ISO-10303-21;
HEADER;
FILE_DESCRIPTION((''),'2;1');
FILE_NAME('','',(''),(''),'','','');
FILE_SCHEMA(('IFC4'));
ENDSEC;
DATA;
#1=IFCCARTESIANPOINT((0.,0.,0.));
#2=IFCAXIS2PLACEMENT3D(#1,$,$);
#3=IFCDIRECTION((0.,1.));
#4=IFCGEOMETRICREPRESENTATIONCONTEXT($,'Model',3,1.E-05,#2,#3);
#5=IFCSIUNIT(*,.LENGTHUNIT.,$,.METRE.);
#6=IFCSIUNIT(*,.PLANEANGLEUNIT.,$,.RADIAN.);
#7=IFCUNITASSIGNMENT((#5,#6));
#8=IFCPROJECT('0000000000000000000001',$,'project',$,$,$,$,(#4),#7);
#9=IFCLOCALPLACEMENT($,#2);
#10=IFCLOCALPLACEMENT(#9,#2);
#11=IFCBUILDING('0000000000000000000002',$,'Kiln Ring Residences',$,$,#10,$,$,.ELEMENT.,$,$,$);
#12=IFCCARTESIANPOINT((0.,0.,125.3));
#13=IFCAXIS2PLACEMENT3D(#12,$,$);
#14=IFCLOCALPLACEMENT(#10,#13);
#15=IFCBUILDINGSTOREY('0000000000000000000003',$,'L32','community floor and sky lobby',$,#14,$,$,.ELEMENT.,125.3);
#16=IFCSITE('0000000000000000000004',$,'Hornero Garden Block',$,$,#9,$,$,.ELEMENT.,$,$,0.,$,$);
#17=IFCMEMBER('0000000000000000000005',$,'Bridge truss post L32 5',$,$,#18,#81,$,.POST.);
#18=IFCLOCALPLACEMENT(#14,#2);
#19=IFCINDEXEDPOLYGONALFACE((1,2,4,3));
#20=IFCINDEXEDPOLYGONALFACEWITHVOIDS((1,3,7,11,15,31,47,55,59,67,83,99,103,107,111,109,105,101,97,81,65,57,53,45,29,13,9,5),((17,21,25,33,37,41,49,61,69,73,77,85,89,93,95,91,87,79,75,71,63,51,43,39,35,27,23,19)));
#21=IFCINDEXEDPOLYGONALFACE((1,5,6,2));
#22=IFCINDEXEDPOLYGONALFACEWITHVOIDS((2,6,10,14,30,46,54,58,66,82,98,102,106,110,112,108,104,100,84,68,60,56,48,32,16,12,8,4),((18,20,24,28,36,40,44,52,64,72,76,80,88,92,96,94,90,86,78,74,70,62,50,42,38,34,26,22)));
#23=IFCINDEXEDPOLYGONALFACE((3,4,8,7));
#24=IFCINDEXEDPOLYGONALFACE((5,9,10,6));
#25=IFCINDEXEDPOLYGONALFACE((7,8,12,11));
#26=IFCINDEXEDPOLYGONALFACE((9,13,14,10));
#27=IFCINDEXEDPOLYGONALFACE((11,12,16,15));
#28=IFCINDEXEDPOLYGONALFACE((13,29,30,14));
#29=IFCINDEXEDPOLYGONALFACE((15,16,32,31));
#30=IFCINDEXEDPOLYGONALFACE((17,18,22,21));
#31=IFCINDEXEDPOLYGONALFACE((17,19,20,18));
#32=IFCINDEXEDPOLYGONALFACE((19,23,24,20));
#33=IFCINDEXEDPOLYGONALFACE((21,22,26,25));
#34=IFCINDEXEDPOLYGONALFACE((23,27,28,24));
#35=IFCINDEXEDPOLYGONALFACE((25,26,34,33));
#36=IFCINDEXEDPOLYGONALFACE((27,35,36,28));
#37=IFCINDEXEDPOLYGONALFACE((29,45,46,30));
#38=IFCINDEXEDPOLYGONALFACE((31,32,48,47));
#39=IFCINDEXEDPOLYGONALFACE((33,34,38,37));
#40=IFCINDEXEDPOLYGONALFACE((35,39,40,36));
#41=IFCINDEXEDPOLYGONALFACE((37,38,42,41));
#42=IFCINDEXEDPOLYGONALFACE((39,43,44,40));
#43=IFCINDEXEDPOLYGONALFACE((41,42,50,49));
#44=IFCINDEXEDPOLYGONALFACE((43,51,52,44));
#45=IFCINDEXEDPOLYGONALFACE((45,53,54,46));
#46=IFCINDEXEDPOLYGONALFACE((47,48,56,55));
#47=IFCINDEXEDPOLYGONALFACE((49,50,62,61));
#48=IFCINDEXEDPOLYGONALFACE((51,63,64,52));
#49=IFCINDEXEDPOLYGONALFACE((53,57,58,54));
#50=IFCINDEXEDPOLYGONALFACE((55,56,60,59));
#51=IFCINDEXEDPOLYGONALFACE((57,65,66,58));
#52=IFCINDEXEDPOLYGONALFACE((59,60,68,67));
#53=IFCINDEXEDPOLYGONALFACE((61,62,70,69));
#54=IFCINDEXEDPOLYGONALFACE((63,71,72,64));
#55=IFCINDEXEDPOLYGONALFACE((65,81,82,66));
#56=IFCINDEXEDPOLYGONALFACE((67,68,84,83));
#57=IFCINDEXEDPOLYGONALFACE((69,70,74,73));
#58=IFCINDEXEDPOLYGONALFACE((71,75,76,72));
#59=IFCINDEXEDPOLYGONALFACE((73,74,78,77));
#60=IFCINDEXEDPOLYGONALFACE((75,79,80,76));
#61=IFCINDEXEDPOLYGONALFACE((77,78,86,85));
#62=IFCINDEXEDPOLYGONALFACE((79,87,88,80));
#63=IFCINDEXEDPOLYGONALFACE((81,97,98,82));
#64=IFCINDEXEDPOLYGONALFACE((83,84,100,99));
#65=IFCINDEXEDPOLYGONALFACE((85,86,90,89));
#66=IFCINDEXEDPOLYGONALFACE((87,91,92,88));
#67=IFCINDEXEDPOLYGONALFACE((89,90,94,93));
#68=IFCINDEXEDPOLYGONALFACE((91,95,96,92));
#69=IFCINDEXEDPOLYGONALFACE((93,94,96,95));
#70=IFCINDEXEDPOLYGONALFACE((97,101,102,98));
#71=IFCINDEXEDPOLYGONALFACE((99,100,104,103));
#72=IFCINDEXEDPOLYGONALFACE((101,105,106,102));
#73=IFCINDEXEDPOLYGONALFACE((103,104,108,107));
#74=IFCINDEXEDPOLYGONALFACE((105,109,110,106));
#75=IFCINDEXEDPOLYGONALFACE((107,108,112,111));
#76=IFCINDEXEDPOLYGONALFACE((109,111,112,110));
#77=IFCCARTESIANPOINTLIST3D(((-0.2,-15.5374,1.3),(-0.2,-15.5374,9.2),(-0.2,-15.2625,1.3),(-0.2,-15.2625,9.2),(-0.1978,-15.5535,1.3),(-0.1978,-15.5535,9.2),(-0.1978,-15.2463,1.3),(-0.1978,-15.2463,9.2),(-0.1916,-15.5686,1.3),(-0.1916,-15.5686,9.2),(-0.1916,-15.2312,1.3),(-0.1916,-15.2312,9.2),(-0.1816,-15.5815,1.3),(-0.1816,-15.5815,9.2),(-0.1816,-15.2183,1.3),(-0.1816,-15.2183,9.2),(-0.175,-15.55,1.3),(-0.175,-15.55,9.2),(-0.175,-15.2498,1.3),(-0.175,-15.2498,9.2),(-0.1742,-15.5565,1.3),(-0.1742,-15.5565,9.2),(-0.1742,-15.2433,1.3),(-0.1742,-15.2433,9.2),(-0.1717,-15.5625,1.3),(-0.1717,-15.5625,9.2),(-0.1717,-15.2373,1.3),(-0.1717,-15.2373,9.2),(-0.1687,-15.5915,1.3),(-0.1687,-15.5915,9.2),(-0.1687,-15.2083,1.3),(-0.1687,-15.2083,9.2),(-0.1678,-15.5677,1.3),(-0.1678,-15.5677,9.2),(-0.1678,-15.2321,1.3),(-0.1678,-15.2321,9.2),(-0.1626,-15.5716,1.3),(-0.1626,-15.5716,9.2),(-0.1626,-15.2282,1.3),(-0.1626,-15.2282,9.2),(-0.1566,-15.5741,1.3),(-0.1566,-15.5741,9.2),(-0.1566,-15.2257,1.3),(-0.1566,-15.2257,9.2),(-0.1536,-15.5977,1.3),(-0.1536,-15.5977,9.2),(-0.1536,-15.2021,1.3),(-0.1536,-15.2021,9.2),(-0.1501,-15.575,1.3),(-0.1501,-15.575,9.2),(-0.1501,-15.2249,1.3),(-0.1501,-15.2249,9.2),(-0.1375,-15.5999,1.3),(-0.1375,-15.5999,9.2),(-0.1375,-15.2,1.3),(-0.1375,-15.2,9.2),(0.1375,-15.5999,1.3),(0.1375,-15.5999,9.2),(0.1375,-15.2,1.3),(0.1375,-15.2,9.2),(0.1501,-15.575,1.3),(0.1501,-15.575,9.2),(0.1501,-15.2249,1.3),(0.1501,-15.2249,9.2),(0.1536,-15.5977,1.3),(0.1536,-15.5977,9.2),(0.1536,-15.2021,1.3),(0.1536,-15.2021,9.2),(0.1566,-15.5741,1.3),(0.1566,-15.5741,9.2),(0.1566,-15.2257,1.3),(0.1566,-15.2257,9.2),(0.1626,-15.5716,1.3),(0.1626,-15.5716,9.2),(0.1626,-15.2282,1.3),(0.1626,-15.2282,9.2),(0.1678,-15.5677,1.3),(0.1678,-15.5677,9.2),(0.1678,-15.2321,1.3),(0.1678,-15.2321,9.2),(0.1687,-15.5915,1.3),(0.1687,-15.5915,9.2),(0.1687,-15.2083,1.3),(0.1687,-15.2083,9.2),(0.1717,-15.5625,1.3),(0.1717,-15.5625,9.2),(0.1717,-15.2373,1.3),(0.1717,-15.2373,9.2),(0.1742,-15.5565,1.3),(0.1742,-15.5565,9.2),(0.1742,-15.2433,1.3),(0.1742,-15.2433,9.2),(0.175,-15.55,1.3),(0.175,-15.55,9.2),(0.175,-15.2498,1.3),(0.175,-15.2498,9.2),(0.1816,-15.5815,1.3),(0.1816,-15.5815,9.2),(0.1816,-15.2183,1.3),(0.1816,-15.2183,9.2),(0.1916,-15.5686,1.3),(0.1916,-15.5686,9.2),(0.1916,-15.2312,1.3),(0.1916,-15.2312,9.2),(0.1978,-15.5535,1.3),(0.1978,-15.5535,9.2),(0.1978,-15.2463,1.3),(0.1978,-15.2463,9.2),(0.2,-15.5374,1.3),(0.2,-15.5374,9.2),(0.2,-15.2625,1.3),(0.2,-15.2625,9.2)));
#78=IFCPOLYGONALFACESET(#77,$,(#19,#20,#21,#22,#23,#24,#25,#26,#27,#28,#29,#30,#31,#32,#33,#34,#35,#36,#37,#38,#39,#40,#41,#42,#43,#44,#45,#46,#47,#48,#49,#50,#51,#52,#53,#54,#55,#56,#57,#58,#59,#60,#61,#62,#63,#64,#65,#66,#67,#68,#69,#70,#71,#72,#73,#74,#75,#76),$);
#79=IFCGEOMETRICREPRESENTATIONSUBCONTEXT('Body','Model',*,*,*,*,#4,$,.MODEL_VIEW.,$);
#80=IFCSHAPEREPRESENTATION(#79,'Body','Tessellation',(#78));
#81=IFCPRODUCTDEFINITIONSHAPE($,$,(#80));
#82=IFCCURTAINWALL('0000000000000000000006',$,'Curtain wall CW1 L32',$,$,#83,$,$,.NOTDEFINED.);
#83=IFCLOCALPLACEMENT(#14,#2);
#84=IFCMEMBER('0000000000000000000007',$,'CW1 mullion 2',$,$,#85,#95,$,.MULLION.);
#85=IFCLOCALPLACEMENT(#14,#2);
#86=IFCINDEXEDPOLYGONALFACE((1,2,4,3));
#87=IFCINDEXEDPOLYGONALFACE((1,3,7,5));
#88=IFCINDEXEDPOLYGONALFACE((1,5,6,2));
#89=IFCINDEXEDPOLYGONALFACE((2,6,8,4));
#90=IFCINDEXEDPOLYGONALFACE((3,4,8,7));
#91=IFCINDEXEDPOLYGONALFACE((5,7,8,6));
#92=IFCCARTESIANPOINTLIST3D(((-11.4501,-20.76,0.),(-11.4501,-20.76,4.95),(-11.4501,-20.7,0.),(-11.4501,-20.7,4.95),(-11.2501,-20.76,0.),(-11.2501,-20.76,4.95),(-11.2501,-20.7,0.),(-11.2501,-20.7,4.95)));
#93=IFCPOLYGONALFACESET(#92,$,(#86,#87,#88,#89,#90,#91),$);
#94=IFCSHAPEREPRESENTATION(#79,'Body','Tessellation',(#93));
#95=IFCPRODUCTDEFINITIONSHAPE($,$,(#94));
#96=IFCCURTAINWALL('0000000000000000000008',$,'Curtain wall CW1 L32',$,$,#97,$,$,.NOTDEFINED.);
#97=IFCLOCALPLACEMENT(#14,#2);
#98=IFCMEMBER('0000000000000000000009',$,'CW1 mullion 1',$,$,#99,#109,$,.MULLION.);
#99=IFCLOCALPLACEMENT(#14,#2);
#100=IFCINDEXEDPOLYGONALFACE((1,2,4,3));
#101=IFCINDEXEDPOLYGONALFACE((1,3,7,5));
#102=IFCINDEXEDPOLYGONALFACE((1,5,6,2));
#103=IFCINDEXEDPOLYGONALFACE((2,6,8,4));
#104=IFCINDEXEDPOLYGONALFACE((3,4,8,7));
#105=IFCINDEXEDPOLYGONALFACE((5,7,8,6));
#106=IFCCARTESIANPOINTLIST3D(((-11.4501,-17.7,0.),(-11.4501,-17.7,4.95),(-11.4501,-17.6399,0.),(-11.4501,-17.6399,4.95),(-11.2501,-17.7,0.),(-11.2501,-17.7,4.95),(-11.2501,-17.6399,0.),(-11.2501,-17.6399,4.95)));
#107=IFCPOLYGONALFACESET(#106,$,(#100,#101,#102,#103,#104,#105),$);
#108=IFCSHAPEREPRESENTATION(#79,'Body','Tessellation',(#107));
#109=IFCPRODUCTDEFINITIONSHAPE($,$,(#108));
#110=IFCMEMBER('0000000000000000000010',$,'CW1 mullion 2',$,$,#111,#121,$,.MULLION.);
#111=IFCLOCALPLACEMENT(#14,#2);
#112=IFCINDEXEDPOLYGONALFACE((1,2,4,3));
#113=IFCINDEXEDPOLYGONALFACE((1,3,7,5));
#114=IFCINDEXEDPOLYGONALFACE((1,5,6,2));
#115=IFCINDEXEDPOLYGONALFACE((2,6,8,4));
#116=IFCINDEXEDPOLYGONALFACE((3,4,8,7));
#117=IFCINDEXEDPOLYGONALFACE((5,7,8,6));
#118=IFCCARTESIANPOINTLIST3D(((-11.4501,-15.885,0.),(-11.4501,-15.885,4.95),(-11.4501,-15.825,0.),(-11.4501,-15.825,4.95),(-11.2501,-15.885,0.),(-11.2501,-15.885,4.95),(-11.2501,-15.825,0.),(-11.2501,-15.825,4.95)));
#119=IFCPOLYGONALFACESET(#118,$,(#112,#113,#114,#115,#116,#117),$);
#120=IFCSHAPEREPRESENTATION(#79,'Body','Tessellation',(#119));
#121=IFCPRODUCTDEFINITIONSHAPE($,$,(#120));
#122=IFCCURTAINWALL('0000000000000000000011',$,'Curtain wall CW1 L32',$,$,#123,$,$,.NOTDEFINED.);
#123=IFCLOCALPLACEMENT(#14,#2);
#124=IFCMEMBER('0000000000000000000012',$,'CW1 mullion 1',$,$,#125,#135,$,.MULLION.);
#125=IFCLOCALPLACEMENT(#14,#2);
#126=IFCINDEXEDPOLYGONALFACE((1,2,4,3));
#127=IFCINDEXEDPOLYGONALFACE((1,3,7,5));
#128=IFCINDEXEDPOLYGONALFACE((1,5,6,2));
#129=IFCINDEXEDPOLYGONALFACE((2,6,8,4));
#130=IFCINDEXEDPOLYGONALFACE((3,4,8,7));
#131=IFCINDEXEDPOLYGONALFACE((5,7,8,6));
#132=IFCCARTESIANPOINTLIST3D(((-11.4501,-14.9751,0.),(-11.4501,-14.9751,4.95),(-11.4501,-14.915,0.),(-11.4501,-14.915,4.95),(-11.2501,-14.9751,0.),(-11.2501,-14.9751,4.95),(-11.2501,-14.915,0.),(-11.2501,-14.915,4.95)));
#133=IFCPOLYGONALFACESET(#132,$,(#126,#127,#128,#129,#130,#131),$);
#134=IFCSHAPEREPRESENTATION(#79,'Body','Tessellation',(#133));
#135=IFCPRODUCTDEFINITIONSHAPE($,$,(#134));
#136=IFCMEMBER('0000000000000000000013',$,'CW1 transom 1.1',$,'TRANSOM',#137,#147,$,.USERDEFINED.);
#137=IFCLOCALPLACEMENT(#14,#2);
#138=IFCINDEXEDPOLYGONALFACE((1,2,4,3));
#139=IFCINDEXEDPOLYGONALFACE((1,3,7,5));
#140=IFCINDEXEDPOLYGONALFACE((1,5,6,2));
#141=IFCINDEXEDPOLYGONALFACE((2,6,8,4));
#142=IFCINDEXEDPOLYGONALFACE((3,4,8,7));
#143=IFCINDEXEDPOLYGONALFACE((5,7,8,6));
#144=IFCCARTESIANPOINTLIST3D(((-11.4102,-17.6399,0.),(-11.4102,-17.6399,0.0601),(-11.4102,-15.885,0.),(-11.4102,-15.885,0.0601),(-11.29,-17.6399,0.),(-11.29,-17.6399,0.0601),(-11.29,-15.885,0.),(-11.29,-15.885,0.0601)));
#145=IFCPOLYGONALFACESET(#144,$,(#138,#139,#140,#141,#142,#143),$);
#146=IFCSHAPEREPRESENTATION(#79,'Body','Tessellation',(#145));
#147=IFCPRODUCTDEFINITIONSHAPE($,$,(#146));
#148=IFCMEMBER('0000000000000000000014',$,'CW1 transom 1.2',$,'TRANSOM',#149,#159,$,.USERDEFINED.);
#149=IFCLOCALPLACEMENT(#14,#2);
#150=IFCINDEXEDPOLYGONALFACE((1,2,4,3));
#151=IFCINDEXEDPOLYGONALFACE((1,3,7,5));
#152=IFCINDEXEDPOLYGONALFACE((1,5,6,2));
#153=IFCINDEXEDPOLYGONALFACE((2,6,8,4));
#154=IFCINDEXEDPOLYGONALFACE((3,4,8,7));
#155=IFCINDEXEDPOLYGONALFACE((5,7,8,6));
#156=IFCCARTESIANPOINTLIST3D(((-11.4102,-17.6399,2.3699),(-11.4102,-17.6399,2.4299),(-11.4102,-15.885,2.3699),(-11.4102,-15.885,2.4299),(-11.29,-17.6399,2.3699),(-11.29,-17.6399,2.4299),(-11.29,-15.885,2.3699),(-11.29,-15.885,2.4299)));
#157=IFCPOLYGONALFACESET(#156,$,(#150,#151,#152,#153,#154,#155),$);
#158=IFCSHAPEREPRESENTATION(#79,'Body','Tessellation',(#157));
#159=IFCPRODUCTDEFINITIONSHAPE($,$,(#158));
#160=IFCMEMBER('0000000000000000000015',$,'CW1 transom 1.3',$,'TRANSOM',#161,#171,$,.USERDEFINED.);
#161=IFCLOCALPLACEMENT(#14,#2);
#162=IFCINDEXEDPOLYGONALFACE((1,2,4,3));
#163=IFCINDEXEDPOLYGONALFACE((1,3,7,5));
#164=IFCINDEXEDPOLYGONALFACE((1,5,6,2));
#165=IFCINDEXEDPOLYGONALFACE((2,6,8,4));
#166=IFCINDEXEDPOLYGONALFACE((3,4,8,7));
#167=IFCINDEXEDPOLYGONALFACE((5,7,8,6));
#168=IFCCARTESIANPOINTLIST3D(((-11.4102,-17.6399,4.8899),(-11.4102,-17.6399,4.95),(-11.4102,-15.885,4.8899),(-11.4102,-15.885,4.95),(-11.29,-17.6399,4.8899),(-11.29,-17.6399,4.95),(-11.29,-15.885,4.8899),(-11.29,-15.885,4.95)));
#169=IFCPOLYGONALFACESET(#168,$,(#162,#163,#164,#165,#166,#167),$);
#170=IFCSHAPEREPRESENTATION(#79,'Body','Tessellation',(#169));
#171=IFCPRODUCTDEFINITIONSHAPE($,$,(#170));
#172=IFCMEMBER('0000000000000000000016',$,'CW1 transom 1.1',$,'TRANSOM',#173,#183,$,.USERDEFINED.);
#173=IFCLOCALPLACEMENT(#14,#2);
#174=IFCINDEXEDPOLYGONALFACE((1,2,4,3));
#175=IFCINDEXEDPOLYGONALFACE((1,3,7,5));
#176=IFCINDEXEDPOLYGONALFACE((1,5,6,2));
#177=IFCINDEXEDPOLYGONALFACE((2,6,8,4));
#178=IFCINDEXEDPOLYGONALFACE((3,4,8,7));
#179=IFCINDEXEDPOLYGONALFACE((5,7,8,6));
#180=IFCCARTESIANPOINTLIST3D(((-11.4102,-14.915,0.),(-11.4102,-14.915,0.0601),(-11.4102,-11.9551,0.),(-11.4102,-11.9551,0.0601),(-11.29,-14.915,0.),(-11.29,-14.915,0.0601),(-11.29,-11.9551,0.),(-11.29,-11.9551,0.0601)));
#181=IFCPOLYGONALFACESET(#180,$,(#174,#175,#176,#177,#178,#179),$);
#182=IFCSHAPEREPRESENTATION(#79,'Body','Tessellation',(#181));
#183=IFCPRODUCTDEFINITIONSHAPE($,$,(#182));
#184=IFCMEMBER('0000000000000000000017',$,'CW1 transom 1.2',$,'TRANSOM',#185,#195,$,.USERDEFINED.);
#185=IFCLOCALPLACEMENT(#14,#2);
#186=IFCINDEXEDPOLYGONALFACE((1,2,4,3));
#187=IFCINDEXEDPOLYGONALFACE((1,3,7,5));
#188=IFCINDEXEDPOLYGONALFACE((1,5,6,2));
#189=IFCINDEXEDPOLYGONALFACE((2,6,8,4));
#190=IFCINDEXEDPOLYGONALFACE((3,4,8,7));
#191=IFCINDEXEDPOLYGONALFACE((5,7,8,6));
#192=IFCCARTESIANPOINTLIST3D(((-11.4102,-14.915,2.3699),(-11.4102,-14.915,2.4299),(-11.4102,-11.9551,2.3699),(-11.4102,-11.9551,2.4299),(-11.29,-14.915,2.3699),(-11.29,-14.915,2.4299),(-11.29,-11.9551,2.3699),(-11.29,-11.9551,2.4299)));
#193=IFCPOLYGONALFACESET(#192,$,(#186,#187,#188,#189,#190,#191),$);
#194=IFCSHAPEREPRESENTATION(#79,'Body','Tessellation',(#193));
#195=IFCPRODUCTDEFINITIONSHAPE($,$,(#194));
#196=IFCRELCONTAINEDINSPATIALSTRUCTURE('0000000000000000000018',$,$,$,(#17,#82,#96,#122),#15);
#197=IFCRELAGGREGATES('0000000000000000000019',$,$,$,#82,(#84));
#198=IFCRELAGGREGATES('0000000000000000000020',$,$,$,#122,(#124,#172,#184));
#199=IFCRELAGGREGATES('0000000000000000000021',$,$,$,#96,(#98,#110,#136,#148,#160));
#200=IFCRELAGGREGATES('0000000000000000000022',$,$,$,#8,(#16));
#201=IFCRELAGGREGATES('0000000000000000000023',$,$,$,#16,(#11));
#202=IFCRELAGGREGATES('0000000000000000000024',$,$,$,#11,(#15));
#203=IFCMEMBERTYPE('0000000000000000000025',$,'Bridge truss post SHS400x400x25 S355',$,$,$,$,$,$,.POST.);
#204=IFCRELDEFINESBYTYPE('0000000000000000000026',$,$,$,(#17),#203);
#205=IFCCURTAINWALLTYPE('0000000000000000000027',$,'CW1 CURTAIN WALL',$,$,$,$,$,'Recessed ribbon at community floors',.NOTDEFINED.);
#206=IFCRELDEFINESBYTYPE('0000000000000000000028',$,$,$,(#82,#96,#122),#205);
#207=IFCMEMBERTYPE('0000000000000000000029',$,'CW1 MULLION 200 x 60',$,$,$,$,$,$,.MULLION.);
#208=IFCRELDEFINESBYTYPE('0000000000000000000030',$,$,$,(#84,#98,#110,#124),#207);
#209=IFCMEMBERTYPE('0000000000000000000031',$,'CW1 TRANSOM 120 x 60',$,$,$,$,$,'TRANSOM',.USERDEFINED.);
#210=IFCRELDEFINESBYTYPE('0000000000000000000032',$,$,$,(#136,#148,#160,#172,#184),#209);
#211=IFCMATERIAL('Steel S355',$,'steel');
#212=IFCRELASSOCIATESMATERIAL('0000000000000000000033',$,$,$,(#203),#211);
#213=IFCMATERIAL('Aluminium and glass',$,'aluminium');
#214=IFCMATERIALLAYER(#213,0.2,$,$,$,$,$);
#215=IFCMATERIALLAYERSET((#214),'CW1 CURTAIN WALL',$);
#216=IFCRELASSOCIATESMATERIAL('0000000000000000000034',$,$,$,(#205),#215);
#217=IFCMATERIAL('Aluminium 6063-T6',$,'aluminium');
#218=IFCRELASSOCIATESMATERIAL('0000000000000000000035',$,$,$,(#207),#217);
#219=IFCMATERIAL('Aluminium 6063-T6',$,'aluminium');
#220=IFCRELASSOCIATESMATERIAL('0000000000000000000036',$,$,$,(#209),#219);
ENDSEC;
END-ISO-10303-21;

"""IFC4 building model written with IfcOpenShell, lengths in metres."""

from ifc_helpers import new_model, si_unit, direction, frame, origin, origin_2d, place, context, subcontext, project, spatial, rectangle, hollow_rectangle, extrude, material, layer, layer_set, material_profile, profile_set, type_object, element, aggregate, save


model = new_model("IFC4")

# Units and contexts
model_context = context("Model", 3, precision=1e-05, world=origin(), true_north=direction((0.0, 1.0)))
body_context = subcontext(model_context, "Body", "Model", "MODEL_VIEW")
ifc_project = project(units=[si_unit("LENGTHUNIT", "METRE"), si_unit("PLANEANGLEUNIT", "RADIAN")], contexts=[model_context])

# Site, building, storey
site_placement = place(None, origin())
site = spatial("IfcSite", under=ifc_project, at=site_placement, Name="Hornero Garden Block", CompositionType="ELEMENT", RefElevation=0.0)
building_placement = place(site_placement, origin())
building = spatial("IfcBuilding", under=site, at=building_placement, Name="Kiln Ring Residences", CompositionType="ELEMENT")
storey_placement = place(building_placement, frame((0.0, 0.0, 125.3)))
storey = spatial("IfcBuildingStorey", under=building, at=storey_placement, Name="L32", Description="community floor and sky lobby", CompositionType="ELEMENT", Elevation=125.3)

# Member
ifc_material_1 = material(Name="Steel S355", Category="steel")
ifc_material_profile_1 = material_profile(ifc_material_1, hollow_rectangle(XDim=0.3999, YDim=0.3999, WallThickness=0.0249, InnerFilletRadius=0.0249, OuterFilletRadius=0.0625, at=origin_2d()), Name="SHS400x400x25")
ifc_profile_set_1 = profile_set([ifc_material_profile_1], Name="Steel S355")
member_type_1 = type_object("IfcMemberType", Name="Bridge truss post SHS400x400x25 S355", PredefinedType="POST", material=ifc_profile_set_1)
for number, where, z_axis, x_axis, name in (
    (1, (0.0, -15.3999, 1.3), (0.0, 0.0, 1.0), (1.0, 0.0, 0.0), "Bridge truss post L32 5"),
):
    element("IfcMember", number, at=place(storey_placement, frame(where, z_axis=z_axis, x_axis=x_axis)), inside=storey, type_object=member_type_1, Name=name, PredefinedType="POST", context=body_context, shape_type="SweptSolid", body=[
        extrude(hollow_rectangle(XDim=0.3999, YDim=0.3999, WallThickness=0.0249, InnerFilletRadius=0.0249, OuterFilletRadius=0.0625, at=origin_2d()), origin(), (0.0, 0.0, 1.0), 7.8999),
    ])

# Curtain wall, member
ifc_material_2 = material(Name="Aluminium and glass", Category="aluminium")
ifc_layer_1 = layer(ifc_material_2, 0.2)
ifc_layer_set_1 = layer_set([ifc_layer_1], Name="CW1 CURTAIN WALL")
curtain_wall_type = type_object("IfcCurtainWallType", Name="CW1 CURTAIN WALL", ElementType="Recessed ribbon at community floors", PredefinedType="NOTDEFINED", material=ifc_layer_set_1)
placement = place(storey_placement, origin())
curtain_wall_1 = element("IfcCurtainWall", 2, at=placement, inside=storey, type_object=curtain_wall_type, Name="Curtain wall CW1 L32", PredefinedType="NOTDEFINED")
ifc_material_3 = material(Name="Aluminium 6063-T6", Category="aluminium")
ifc_material_profile_2 = material_profile(ifc_material_3, rectangle(XDim=0.2, YDim=0.0601, at=origin_2d()), Name="AL 200x60")
ifc_profile_set_2 = profile_set([ifc_material_profile_2], Name="Aluminium 6063-T6")
member_type_2 = type_object("IfcMemberType", Name="CW1 MULLION 200 x 60", PredefinedType="MULLION", material=ifc_profile_set_2)
member_1_placement = place(storey_placement, frame((-11.3501, -20.73, 0.0), z_axis=(0.0, 0.0, 1.0), x_axis=(-1.0, 0.0, 0.0)))
member_1 = element("IfcMember", 3, at=member_1_placement, type_object=member_type_2, Name="CW1 mullion 2", PredefinedType="MULLION", context=body_context, shape_type="SweptSolid", body=[
    extrude(rectangle(XDim=0.2, YDim=0.0601, at=origin_2d()), origin(), (0.0, 0.0, 1.0), 4.95),
])
aggregate(curtain_wall_1, [member_1])

# Curtain wall, members
curtain_wall_2 = element("IfcCurtainWall", 4, at=placement, inside=storey, type_object=curtain_wall_type, Name="Curtain wall CW1 L32", PredefinedType="NOTDEFINED")
member_2_placement = place(storey_placement, frame((-11.3501, -17.6699, 0.0), z_axis=(0.0, 0.0, 1.0), x_axis=(-1.0, 0.0, 0.0)))
member_2 = element("IfcMember", 5, at=member_2_placement, type_object=member_type_2, Name="CW1 mullion 1", PredefinedType="MULLION", context=body_context, shape_type="SweptSolid", body=[
    extrude(rectangle(XDim=0.2, YDim=0.0601, at=origin_2d()), origin(), (0.0, 0.0, 1.0), 4.95),
])
member_3_placement = place(storey_placement, frame((-11.3501, -15.855, 0.0), z_axis=(0.0, 0.0, 1.0), x_axis=(-1.0, 0.0, 0.0)))
member_3 = element("IfcMember", 6, at=member_3_placement, type_object=member_type_2, Name="CW1 mullion 2", PredefinedType="MULLION", context=body_context, shape_type="SweptSolid", body=[
    extrude(rectangle(XDim=0.2, YDim=0.0601, at=origin_2d()), origin(), (0.0, 0.0, 1.0), 4.95),
])

# Curtain wall, member
curtain_wall_3 = element("IfcCurtainWall", 7, at=placement, inside=storey, type_object=curtain_wall_type, Name="Curtain wall CW1 L32", PredefinedType="NOTDEFINED")
member_4_placement = place(storey_placement, frame((-11.3501, -14.9451, 0.0), z_axis=(0.0, 0.0, 1.0), x_axis=(-1.0, 0.0, 0.0)))
member_4 = element("IfcMember", 8, at=member_4_placement, type_object=member_type_2, Name="CW1 mullion 1", PredefinedType="MULLION", context=body_context, shape_type="SweptSolid", body=[
    extrude(rectangle(XDim=0.2, YDim=0.0601, at=origin_2d()), origin(), (0.0, 0.0, 1.0), 4.95),
])

# Members
ifc_material_4 = material(Name="Aluminium 6063-T6", Category="aluminium")
ifc_material_profile_3 = material_profile(ifc_material_4, rectangle(XDim=0.1201, YDim=0.0601, at=origin_2d()), Name="AL 120x60")
ifc_profile_set_3 = profile_set([ifc_material_profile_3], Name="Aluminium 6063-T6")
member_type_3 = type_object("IfcMemberType", Name="CW1 TRANSOM 120 x 60", ElementType="TRANSOM", PredefinedType="USERDEFINED", material=ifc_profile_set_3)
member_5_placement = place(storey_placement, frame((-11.3501, -17.6399, 0.03), z_axis=(0.0, 1.0, 0.0), x_axis=(-1.0, 0.0, 0.0)))
member_5 = element("IfcMember", 9, at=member_5_placement, type_object=member_type_3, Name="CW1 transom 1.1", ObjectType="TRANSOM", PredefinedType="USERDEFINED", context=body_context, shape_type="SweptSolid", body=[
    extrude(rectangle(XDim=0.1201, YDim=0.0601, at=origin_2d()), origin(), (0.0, 0.0, 1.0), 1.7549),
])
member_6_placement = place(storey_placement, frame((-11.3501, -17.6399, 2.3999), z_axis=(0.0, 1.0, 0.0), x_axis=(-1.0, 0.0, 0.0)))
member_6 = element("IfcMember", 10, at=member_6_placement, type_object=member_type_3, Name="CW1 transom 1.2", ObjectType="TRANSOM", PredefinedType="USERDEFINED", context=body_context, shape_type="SweptSolid", body=[
    extrude(rectangle(XDim=0.1201, YDim=0.0601, at=origin_2d()), origin(), (0.0, 0.0, 1.0), 1.7549),
])
member_7_placement = place(storey_placement, frame((-11.3501, -17.6399, 4.9199), z_axis=(0.0, 1.0, 0.0), x_axis=(-1.0, 0.0, 0.0)))
member_7 = element("IfcMember", 11, at=member_7_placement, type_object=member_type_3, Name="CW1 transom 1.3", ObjectType="TRANSOM", PredefinedType="USERDEFINED", context=body_context, shape_type="SweptSolid", body=[
    extrude(rectangle(XDim=0.1201, YDim=0.0601, at=origin_2d()), origin(), (0.0, 0.0, 1.0), 1.7549),
])
member_8_placement = place(storey_placement, frame((-11.3501, -14.915, 0.03), z_axis=(0.0, 1.0, 0.0), x_axis=(-1.0, 0.0, 0.0)))
member_8 = element("IfcMember", 12, at=member_8_placement, type_object=member_type_3, Name="CW1 transom 1.1", ObjectType="TRANSOM", PredefinedType="USERDEFINED", context=body_context, shape_type="SweptSolid", body=[
    extrude(rectangle(XDim=0.1201, YDim=0.0601, at=origin_2d()), origin(), (0.0, 0.0, 1.0), 2.96),
])
member_9_placement = place(storey_placement, frame((-11.3501, -14.915, 2.3999), z_axis=(0.0, 1.0, 0.0), x_axis=(-1.0, 0.0, 0.0)))
member_9 = element("IfcMember", 13, at=member_9_placement, type_object=member_type_3, Name="CW1 transom 1.2", ObjectType="TRANSOM", PredefinedType="USERDEFINED", context=body_context, shape_type="SweptSolid", body=[
    extrude(rectangle(XDim=0.1201, YDim=0.0601, at=origin_2d()), origin(), (0.0, 0.0, 1.0), 2.96),
])
aggregate(curtain_wall_3, [member_4, member_8, member_9])

aggregate(curtain_wall_2, [member_2, member_3, member_5, member_6, member_7])

save(model, "model.ifc")
